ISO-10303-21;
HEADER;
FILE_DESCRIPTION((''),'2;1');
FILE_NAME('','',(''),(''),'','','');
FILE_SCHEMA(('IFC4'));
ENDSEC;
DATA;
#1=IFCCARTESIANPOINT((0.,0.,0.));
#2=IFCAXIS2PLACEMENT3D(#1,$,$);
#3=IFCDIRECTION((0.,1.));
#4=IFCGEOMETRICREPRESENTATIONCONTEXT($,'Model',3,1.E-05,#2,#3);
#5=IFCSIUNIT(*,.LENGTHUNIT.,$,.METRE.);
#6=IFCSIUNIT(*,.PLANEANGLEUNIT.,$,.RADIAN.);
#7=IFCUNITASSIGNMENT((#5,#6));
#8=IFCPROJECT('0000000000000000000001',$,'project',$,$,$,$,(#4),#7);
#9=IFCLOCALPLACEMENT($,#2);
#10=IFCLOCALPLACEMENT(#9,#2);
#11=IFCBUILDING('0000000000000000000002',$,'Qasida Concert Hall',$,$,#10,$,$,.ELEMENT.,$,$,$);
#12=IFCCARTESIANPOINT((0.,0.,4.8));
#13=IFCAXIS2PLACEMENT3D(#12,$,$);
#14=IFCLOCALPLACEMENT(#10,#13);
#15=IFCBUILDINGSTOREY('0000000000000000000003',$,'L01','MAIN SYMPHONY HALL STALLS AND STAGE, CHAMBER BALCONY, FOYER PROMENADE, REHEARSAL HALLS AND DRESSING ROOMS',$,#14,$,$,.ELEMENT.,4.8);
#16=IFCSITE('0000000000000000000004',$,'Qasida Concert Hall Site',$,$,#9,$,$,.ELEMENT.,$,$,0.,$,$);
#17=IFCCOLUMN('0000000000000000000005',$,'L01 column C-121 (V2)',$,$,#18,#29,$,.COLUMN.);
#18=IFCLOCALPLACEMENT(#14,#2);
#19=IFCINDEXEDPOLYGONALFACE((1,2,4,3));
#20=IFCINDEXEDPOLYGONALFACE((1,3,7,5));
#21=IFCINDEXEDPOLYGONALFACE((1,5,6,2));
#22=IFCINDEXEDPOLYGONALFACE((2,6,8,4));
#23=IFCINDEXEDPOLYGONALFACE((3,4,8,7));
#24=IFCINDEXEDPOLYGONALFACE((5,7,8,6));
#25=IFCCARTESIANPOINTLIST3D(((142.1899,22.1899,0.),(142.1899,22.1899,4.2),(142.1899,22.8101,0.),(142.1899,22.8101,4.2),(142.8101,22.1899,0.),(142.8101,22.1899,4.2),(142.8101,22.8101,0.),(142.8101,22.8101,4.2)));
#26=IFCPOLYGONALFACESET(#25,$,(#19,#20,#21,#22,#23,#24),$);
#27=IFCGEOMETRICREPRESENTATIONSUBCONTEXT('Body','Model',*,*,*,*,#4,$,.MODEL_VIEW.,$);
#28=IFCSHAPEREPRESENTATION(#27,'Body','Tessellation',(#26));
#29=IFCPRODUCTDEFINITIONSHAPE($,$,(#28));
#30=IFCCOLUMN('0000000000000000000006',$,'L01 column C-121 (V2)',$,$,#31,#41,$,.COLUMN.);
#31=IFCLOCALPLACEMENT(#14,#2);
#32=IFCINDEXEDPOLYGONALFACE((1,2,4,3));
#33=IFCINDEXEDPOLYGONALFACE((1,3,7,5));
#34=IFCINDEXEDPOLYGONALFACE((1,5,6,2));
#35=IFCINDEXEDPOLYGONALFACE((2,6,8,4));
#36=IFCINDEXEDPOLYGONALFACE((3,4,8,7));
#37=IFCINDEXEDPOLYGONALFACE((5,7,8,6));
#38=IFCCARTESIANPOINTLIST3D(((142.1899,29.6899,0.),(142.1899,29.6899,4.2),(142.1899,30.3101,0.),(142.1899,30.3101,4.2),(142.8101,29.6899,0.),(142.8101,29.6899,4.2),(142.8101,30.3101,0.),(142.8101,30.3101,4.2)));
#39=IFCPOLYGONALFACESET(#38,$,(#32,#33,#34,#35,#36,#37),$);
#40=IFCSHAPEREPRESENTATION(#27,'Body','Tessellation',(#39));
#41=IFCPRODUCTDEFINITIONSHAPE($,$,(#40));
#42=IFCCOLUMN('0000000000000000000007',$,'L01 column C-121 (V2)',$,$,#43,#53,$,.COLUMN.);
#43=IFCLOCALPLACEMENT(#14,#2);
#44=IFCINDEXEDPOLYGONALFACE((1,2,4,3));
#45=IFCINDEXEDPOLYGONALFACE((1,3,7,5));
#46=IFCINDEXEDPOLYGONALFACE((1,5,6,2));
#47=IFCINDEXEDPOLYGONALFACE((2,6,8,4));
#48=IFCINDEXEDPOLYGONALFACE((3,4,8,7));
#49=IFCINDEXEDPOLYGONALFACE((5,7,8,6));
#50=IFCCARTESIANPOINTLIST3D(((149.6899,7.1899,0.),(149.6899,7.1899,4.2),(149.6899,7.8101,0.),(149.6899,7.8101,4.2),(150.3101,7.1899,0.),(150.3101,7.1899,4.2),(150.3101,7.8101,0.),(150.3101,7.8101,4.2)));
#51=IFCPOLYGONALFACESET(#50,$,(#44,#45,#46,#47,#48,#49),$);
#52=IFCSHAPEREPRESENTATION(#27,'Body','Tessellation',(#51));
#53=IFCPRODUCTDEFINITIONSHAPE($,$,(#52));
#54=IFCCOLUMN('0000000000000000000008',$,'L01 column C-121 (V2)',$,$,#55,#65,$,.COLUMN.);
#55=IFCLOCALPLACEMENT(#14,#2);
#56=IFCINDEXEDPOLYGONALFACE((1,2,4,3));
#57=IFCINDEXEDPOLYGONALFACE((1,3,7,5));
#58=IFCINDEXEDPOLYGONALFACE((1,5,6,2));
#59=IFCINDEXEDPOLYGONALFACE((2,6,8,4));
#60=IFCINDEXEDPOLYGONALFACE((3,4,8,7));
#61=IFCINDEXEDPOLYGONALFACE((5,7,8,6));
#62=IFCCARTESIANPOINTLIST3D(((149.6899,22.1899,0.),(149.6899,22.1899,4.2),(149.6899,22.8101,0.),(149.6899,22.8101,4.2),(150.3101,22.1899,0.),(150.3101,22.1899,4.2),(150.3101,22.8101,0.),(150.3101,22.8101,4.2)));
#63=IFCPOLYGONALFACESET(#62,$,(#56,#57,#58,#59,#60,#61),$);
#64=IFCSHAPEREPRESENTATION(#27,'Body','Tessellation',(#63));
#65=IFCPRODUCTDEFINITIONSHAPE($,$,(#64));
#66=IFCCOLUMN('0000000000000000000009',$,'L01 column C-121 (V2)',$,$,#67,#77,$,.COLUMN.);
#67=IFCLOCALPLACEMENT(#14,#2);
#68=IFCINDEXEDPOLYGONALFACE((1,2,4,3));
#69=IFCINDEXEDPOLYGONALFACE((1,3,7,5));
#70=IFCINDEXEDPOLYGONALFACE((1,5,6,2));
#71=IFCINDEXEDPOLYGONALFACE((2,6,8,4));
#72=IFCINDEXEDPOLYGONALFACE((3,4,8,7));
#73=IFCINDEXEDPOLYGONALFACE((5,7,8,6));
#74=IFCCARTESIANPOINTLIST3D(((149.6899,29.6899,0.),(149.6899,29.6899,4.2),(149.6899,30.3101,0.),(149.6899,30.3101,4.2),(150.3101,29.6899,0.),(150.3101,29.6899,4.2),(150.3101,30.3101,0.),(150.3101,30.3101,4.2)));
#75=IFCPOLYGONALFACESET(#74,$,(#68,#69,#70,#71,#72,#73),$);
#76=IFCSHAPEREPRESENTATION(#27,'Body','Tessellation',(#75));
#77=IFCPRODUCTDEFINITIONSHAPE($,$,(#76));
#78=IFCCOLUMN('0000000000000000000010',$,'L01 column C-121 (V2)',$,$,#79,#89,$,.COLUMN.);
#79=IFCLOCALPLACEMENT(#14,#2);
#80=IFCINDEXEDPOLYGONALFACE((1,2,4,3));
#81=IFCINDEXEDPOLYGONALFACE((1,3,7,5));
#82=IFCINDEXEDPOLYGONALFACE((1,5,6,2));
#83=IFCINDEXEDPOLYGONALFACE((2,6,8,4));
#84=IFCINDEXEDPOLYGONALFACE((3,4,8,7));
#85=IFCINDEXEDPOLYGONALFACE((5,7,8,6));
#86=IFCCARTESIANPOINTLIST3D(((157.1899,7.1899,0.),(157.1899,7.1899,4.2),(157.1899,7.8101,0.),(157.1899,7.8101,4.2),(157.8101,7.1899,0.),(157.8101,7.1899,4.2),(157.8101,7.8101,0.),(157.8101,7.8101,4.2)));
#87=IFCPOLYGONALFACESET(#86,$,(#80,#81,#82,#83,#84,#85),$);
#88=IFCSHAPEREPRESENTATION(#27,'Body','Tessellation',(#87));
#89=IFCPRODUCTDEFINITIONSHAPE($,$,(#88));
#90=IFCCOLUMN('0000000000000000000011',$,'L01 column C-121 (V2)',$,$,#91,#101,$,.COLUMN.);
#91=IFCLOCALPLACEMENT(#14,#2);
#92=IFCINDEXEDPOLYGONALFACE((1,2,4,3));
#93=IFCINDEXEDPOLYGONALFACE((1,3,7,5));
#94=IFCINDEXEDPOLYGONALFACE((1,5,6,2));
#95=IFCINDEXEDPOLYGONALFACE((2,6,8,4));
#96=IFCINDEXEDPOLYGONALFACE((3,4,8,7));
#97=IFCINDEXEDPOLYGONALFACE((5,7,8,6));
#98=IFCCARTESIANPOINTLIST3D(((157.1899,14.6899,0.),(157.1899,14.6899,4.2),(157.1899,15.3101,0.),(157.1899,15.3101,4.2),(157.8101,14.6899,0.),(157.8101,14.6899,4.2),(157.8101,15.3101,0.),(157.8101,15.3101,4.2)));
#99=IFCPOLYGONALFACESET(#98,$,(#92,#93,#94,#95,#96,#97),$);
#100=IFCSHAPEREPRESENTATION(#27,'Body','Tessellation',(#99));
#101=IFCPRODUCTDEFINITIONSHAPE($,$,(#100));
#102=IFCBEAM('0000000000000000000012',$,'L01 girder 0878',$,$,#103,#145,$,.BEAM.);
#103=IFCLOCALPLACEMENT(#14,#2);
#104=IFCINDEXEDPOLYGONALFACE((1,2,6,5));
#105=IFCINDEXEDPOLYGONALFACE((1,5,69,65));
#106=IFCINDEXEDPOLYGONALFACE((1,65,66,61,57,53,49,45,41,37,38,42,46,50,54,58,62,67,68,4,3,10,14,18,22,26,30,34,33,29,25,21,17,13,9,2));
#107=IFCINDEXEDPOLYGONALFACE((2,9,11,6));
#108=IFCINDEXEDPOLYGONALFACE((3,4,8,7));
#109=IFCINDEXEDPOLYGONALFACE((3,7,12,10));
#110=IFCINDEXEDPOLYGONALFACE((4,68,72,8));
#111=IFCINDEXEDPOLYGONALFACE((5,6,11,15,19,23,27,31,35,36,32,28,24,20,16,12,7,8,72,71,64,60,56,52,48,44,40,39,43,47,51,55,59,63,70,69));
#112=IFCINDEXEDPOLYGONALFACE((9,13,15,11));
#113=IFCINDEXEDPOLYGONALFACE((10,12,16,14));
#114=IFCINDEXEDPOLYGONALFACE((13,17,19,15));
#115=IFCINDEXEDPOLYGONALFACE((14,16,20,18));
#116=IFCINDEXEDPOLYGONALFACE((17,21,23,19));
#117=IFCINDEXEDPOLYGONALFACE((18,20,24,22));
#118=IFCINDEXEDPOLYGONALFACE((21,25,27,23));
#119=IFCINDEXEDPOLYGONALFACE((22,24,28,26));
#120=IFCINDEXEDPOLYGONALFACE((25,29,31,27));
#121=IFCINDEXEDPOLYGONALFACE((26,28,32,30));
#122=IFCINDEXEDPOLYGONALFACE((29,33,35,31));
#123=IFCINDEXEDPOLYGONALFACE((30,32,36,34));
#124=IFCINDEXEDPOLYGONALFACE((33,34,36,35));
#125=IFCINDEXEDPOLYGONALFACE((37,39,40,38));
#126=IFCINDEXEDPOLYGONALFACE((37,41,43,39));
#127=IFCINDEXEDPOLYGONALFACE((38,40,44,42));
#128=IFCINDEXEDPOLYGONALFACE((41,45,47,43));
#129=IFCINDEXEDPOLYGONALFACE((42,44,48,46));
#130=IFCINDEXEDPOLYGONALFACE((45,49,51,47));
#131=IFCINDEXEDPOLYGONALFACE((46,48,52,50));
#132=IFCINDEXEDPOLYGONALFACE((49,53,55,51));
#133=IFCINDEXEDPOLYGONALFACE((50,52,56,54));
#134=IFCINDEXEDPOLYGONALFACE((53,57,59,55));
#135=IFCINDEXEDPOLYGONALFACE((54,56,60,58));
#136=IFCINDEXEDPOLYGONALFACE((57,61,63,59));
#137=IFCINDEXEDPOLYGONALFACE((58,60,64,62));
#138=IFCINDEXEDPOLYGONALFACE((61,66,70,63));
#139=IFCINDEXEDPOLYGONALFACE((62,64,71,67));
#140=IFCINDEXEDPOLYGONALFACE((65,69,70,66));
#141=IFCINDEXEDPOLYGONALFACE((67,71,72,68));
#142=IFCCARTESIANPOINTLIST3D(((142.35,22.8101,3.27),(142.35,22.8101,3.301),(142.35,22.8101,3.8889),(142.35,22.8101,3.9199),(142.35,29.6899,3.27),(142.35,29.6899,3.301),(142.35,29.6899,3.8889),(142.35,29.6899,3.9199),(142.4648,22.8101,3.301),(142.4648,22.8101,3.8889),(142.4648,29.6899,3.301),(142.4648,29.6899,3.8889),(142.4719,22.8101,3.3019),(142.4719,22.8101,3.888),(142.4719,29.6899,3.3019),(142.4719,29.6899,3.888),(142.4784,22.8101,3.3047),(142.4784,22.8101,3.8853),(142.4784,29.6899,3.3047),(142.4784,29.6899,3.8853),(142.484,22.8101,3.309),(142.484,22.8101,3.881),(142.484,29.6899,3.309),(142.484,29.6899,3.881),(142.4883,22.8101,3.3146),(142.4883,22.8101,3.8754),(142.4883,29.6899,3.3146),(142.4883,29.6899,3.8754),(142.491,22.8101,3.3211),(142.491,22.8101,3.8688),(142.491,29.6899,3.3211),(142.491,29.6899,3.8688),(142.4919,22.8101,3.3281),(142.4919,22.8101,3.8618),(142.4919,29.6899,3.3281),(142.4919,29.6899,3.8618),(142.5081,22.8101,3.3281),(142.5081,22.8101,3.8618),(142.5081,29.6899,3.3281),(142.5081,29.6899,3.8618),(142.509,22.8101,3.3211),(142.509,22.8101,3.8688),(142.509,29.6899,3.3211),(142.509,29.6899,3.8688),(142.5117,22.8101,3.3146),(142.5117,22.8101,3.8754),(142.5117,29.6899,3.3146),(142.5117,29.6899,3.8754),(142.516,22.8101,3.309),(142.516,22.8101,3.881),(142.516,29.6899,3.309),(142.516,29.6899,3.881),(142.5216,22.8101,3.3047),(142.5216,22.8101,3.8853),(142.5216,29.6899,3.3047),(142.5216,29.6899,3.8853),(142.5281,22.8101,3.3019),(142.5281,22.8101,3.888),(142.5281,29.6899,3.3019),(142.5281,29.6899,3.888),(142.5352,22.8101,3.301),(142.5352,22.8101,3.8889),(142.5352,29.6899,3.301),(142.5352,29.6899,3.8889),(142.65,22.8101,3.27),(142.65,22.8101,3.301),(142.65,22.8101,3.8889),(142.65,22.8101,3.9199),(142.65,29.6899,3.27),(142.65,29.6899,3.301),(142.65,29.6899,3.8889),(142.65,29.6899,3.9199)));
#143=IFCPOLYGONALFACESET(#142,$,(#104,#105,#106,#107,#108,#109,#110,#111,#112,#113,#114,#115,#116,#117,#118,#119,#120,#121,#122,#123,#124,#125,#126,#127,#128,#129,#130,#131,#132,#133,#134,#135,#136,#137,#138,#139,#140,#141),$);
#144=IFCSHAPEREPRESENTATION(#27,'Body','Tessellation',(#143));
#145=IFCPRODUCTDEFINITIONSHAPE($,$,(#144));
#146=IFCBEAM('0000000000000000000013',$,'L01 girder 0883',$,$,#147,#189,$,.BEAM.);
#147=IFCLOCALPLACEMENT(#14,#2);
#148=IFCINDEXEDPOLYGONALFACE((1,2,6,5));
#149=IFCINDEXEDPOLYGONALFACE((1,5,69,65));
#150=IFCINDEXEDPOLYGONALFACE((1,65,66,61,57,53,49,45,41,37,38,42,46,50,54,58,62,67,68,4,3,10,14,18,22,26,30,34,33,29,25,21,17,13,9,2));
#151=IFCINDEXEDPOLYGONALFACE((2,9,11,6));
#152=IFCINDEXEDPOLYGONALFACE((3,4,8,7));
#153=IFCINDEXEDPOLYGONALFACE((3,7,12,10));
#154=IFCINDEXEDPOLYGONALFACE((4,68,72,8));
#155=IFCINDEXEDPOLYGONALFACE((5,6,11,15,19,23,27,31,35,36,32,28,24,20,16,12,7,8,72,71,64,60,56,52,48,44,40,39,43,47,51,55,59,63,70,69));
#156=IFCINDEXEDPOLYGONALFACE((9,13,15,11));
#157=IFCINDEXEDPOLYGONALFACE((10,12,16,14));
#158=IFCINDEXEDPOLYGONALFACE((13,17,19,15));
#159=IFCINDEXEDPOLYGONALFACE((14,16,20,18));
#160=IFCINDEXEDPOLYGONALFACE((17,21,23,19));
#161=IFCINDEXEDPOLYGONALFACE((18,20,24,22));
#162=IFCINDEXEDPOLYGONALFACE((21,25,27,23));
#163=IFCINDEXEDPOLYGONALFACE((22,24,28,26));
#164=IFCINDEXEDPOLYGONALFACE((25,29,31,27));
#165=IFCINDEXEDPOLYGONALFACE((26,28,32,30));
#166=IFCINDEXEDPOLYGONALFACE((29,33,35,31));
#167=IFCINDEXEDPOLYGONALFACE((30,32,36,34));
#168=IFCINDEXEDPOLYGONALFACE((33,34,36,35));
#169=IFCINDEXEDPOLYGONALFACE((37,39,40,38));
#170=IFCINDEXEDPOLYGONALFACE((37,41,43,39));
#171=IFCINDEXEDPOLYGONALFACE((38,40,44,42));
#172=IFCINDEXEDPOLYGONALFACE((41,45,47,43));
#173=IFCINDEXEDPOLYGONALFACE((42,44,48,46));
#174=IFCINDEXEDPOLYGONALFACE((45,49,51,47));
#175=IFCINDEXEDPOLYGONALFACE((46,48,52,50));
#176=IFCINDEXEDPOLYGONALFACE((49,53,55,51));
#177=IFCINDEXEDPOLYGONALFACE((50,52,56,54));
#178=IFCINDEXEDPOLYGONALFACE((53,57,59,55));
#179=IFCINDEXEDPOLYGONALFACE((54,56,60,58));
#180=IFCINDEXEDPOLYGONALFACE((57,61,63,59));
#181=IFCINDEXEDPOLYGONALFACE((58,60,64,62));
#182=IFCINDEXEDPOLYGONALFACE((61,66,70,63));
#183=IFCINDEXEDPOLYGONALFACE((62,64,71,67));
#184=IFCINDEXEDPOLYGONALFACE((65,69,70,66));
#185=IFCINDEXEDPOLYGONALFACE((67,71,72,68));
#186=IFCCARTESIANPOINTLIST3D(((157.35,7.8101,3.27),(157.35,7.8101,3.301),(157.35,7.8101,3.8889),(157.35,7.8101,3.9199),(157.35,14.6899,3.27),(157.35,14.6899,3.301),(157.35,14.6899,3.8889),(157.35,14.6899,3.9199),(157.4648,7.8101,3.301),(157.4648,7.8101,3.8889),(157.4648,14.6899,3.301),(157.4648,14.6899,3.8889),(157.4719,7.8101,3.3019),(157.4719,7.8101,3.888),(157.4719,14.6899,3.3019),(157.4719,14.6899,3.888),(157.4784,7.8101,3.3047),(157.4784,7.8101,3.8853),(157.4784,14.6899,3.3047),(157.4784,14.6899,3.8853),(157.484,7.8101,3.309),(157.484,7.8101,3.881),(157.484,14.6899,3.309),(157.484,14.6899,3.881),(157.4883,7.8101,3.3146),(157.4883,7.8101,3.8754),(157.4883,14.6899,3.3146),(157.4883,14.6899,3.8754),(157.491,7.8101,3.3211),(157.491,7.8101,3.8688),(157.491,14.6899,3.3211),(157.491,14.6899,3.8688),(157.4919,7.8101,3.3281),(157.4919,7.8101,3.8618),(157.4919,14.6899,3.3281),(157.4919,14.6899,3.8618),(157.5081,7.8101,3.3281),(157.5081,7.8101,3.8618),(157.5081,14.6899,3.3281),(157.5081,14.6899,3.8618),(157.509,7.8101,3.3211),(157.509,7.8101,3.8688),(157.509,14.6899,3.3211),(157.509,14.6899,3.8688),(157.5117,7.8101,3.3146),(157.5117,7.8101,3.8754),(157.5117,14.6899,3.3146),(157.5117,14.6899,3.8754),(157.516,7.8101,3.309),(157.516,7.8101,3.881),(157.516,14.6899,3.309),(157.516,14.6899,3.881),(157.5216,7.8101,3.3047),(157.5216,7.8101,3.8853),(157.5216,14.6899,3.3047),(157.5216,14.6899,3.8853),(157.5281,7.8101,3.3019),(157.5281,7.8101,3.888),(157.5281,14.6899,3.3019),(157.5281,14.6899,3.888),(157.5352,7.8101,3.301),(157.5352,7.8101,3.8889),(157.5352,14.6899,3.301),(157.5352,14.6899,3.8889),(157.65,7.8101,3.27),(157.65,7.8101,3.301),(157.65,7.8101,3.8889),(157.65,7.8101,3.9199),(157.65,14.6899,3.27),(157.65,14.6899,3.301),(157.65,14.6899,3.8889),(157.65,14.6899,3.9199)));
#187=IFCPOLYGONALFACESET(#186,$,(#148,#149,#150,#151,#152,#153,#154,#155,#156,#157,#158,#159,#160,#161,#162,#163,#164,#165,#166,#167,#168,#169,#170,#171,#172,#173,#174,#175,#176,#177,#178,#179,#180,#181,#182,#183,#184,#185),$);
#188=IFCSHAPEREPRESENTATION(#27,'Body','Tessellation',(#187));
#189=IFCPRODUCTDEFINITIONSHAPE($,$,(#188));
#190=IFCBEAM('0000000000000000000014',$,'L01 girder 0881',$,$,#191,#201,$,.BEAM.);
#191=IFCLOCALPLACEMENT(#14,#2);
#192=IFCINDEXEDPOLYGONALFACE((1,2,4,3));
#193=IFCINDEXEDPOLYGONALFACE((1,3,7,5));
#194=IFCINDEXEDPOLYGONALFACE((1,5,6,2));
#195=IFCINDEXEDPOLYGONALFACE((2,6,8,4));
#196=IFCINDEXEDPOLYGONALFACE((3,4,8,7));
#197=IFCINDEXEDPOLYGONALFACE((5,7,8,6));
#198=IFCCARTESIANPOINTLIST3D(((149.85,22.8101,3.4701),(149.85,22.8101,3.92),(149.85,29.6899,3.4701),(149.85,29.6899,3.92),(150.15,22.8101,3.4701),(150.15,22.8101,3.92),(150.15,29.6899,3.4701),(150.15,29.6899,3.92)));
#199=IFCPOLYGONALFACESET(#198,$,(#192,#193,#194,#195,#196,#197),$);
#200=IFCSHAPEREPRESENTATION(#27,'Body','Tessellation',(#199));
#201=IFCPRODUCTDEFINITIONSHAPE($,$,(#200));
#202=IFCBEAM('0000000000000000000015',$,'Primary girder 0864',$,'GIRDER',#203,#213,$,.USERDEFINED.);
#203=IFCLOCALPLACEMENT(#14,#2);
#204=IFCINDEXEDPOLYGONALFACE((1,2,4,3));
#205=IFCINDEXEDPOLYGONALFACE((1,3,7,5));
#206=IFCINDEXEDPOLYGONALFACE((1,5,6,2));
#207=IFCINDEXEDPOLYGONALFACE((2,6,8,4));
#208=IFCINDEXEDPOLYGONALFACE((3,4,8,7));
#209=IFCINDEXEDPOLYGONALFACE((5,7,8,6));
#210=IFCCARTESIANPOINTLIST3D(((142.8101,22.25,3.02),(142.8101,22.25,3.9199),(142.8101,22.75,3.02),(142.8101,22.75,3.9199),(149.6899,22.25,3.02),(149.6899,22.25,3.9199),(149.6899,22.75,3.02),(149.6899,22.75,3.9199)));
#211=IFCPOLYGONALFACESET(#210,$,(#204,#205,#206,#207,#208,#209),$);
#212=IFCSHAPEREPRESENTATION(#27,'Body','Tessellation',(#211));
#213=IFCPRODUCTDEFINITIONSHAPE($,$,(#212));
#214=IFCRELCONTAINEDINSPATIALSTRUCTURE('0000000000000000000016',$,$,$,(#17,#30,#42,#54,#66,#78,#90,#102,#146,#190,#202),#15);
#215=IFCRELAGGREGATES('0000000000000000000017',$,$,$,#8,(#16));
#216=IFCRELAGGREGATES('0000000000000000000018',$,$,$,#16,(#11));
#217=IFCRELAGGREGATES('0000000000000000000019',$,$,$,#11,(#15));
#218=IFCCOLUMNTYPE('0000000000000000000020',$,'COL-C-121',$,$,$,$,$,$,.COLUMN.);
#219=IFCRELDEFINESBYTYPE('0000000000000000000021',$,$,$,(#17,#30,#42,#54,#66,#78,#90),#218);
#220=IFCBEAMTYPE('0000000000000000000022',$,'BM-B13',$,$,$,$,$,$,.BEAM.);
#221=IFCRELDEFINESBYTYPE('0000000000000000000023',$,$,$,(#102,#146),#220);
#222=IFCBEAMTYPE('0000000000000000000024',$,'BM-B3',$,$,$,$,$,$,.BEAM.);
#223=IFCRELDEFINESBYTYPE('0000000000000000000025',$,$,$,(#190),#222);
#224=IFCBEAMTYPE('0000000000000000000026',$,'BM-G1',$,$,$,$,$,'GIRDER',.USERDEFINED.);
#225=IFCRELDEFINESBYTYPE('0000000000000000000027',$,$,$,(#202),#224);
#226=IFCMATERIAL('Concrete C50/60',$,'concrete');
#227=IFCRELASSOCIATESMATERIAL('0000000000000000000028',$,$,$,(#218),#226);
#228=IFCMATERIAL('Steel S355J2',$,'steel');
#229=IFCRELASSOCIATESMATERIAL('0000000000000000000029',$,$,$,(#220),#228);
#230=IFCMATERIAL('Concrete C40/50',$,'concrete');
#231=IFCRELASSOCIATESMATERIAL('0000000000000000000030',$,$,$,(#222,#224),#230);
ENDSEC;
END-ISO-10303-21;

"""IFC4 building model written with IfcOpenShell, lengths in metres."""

from ifc_helpers import new_model, si_unit, direction, frame, origin, origin_2d, place, context, subcontext, project, spatial, rectangle, i_section, extrude, material, material_profile, profile_set, type_object, element, save


model = new_model("IFC4")

# Units and contexts
model_context = context("Model", 3, precision=1e-05, world=origin(), true_north=direction((0.0, 1.0)))
body_context = subcontext(model_context, "Body", "Model", "MODEL_VIEW")
ifc_project = project(units=[si_unit("LENGTHUNIT", "METRE"), si_unit("PLANEANGLEUNIT", "RADIAN")], contexts=[model_context])

# Site, building, storey
site_placement = place(None, origin())
site = spatial("IfcSite", under=ifc_project, at=site_placement, Name="Qasida Concert Hall Site", CompositionType="ELEMENT", RefElevation=0.0)
building_placement = place(site_placement, origin())
building = spatial("IfcBuilding", under=site, at=building_placement, Name="Qasida Concert Hall", CompositionType="ELEMENT")
storey_placement = place(building_placement, frame((0.0, 0.0, 4.8)))
storey = spatial("IfcBuildingStorey", under=building, at=storey_placement, Name="L01", Description="MAIN SYMPHONY HALL STALLS AND STAGE, CHAMBER BALCONY, FOYER PROMENADE, REHEARSAL HALLS AND DRESSING ROOMS", CompositionType="ELEMENT", Elevation=4.8)

# Columns
ifc_material_1 = material(Name="Concrete C50/60", Category="concrete")
ifc_material_profile_1 = material_profile(ifc_material_1, rectangle(XDim=0.6201, YDim=0.6201, at=origin_2d()), Name="RC 620x620")
ifc_profile_set_1 = profile_set([ifc_material_profile_1], Name="Concrete C50/60")
column_type = type_object("IfcColumnType", Name="COL-C-121", PredefinedType="COLUMN", material=ifc_profile_set_1)
for number, where, z_axis, x_axis, name in (
    (1, (142.5, 22.5, 0.0), (0.0, 0.0, 1.0), (1.0, 0.0, 0.0), "L01 column C-121 (V2)"),
    (2, (142.5, 30.0, 0.0), (0.0, 0.0, 1.0), (1.0, 0.0, 0.0), "L01 column C-121 (V2)"),
    (3, (150.0, 7.5, 0.0), (0.0, 0.0, 1.0), (1.0, 0.0, 0.0), "L01 column C-121 (V2)"),
    (4, (150.0, 22.5, 0.0), (0.0, 0.0, 1.0), (1.0, 0.0, 0.0), "L01 column C-121 (V2)"),
    (5, (150.0, 30.0, 0.0), (0.0, 0.0, 1.0), (1.0, 0.0, 0.0), "L01 column C-121 (V2)"),
    (6, (157.5, 7.5, 0.0), (0.0, 0.0, 1.0), (1.0, 0.0, 0.0), "L01 column C-121 (V2)"),
    (7, (157.5, 15.0, 0.0), (0.0, 0.0, 1.0), (1.0, 0.0, 0.0), "L01 column C-121 (V2)"),
):
    element("IfcColumn", number, at=place(storey_placement, frame(where, z_axis=z_axis, x_axis=x_axis)), inside=storey, type_object=column_type, Name=name, PredefinedType="COLUMN", context=body_context, shape_type="SweptSolid", body=[
        extrude(rectangle(XDim=0.6201, YDim=0.6201, at=origin_2d()), origin(), (0.0, 0.0, 1.0), 4.2),
    ])

# Beams
ifc_material_2 = material(Name="Steel S355J2", Category="steel")
ifc_material_profile_2 = material_profile(ifc_material_2, i_section(OverallWidth=0.3, OverallDepth=0.6499, WebThickness=0.0161, FlangeThickness=0.031, FilletRadius=0.0271, at=origin_2d()), Name="HEB 650")
ifc_profile_set_2 = profile_set([ifc_material_profile_2], Name="Steel S355J2")
beam_type_1 = type_object("IfcBeamType", Name="BM-B13", PredefinedType="BEAM", material=ifc_profile_set_2)
for number, where, z_axis, x_axis, name in (
    (8, (142.5, 22.8101, 3.595), (0.0, 1.0, 0.0), (-1.0, 0.0, 0.0), "L01 girder 0878"),
    (9, (157.5, 7.8101, 3.595), (0.0, 1.0, 0.0), (-1.0, 0.0, 0.0), "L01 girder 0883"),
):
    element("IfcBeam", number, at=place(storey_placement, frame(where, z_axis=z_axis, x_axis=x_axis)), inside=storey, type_object=beam_type_1, Name=name, PredefinedType="BEAM", context=body_context, shape_type="SweptSolid", body=[
        extrude(i_section(OverallWidth=0.3, OverallDepth=0.6499, WebThickness=0.0161, FlangeThickness=0.031, FilletRadius=0.0271, at=origin_2d()), origin(), (0.0, 0.0, 1.0), 6.8799),
    ])
ifc_material_3 = material(Name="Concrete C40/50", Category="concrete")
ifc_material_profile_3 = material_profile(ifc_material_3, rectangle(XDim=0.3, YDim=0.45, at=origin_2d()), Name="RC 300x450")
ifc_profile_set_3 = profile_set([ifc_material_profile_3], Name="Concrete C40/50")
beam_type_2 = type_object("IfcBeamType", Name="BM-B3", PredefinedType="BEAM", material=ifc_profile_set_3)
beam_1_placement = place(storey_placement, frame((150.0, 22.8101, 3.6951), z_axis=(0.0, 1.0, 0.0), x_axis=(-1.0, 0.0, 0.0)))
element("IfcBeam", 10, at=beam_1_placement, inside=storey, type_object=beam_type_2, Name="L01 girder 0881", PredefinedType="BEAM", context=body_context, shape_type="SweptSolid", body=[
    extrude(rectangle(XDim=0.3, YDim=0.45, at=origin_2d()), origin(), (0.0, 0.0, 1.0), 6.8799),
])
ifc_material_profile_4 = material_profile(ifc_material_3, rectangle(XDim=0.5, YDim=0.8999, at=origin_2d()), Name="RC 500x900")
ifc_profile_set_4 = profile_set([ifc_material_profile_4], Name="Concrete C40/50")
beam_type_3 = type_object("IfcBeamType", Name="BM-G1", ElementType="GIRDER", PredefinedType="USERDEFINED", material=ifc_profile_set_4)
beam_2_placement = place(storey_placement, frame((142.8101, 22.5, 3.47), z_axis=(1.0, 0.0, 0.0), x_axis=(0.0, 1.0, 0.0)))
element("IfcBeam", 11, at=beam_2_placement, inside=storey, type_object=beam_type_3, Name="Primary girder 0864", ObjectType="GIRDER", PredefinedType="USERDEFINED", context=body_context, shape_type="SweptSolid", body=[
    extrude(rectangle(XDim=0.5, YDim=0.8999, at=origin_2d()), origin(), (0.0, 0.0, 1.0), 6.8799),
])

save(model, "model.ifc")
